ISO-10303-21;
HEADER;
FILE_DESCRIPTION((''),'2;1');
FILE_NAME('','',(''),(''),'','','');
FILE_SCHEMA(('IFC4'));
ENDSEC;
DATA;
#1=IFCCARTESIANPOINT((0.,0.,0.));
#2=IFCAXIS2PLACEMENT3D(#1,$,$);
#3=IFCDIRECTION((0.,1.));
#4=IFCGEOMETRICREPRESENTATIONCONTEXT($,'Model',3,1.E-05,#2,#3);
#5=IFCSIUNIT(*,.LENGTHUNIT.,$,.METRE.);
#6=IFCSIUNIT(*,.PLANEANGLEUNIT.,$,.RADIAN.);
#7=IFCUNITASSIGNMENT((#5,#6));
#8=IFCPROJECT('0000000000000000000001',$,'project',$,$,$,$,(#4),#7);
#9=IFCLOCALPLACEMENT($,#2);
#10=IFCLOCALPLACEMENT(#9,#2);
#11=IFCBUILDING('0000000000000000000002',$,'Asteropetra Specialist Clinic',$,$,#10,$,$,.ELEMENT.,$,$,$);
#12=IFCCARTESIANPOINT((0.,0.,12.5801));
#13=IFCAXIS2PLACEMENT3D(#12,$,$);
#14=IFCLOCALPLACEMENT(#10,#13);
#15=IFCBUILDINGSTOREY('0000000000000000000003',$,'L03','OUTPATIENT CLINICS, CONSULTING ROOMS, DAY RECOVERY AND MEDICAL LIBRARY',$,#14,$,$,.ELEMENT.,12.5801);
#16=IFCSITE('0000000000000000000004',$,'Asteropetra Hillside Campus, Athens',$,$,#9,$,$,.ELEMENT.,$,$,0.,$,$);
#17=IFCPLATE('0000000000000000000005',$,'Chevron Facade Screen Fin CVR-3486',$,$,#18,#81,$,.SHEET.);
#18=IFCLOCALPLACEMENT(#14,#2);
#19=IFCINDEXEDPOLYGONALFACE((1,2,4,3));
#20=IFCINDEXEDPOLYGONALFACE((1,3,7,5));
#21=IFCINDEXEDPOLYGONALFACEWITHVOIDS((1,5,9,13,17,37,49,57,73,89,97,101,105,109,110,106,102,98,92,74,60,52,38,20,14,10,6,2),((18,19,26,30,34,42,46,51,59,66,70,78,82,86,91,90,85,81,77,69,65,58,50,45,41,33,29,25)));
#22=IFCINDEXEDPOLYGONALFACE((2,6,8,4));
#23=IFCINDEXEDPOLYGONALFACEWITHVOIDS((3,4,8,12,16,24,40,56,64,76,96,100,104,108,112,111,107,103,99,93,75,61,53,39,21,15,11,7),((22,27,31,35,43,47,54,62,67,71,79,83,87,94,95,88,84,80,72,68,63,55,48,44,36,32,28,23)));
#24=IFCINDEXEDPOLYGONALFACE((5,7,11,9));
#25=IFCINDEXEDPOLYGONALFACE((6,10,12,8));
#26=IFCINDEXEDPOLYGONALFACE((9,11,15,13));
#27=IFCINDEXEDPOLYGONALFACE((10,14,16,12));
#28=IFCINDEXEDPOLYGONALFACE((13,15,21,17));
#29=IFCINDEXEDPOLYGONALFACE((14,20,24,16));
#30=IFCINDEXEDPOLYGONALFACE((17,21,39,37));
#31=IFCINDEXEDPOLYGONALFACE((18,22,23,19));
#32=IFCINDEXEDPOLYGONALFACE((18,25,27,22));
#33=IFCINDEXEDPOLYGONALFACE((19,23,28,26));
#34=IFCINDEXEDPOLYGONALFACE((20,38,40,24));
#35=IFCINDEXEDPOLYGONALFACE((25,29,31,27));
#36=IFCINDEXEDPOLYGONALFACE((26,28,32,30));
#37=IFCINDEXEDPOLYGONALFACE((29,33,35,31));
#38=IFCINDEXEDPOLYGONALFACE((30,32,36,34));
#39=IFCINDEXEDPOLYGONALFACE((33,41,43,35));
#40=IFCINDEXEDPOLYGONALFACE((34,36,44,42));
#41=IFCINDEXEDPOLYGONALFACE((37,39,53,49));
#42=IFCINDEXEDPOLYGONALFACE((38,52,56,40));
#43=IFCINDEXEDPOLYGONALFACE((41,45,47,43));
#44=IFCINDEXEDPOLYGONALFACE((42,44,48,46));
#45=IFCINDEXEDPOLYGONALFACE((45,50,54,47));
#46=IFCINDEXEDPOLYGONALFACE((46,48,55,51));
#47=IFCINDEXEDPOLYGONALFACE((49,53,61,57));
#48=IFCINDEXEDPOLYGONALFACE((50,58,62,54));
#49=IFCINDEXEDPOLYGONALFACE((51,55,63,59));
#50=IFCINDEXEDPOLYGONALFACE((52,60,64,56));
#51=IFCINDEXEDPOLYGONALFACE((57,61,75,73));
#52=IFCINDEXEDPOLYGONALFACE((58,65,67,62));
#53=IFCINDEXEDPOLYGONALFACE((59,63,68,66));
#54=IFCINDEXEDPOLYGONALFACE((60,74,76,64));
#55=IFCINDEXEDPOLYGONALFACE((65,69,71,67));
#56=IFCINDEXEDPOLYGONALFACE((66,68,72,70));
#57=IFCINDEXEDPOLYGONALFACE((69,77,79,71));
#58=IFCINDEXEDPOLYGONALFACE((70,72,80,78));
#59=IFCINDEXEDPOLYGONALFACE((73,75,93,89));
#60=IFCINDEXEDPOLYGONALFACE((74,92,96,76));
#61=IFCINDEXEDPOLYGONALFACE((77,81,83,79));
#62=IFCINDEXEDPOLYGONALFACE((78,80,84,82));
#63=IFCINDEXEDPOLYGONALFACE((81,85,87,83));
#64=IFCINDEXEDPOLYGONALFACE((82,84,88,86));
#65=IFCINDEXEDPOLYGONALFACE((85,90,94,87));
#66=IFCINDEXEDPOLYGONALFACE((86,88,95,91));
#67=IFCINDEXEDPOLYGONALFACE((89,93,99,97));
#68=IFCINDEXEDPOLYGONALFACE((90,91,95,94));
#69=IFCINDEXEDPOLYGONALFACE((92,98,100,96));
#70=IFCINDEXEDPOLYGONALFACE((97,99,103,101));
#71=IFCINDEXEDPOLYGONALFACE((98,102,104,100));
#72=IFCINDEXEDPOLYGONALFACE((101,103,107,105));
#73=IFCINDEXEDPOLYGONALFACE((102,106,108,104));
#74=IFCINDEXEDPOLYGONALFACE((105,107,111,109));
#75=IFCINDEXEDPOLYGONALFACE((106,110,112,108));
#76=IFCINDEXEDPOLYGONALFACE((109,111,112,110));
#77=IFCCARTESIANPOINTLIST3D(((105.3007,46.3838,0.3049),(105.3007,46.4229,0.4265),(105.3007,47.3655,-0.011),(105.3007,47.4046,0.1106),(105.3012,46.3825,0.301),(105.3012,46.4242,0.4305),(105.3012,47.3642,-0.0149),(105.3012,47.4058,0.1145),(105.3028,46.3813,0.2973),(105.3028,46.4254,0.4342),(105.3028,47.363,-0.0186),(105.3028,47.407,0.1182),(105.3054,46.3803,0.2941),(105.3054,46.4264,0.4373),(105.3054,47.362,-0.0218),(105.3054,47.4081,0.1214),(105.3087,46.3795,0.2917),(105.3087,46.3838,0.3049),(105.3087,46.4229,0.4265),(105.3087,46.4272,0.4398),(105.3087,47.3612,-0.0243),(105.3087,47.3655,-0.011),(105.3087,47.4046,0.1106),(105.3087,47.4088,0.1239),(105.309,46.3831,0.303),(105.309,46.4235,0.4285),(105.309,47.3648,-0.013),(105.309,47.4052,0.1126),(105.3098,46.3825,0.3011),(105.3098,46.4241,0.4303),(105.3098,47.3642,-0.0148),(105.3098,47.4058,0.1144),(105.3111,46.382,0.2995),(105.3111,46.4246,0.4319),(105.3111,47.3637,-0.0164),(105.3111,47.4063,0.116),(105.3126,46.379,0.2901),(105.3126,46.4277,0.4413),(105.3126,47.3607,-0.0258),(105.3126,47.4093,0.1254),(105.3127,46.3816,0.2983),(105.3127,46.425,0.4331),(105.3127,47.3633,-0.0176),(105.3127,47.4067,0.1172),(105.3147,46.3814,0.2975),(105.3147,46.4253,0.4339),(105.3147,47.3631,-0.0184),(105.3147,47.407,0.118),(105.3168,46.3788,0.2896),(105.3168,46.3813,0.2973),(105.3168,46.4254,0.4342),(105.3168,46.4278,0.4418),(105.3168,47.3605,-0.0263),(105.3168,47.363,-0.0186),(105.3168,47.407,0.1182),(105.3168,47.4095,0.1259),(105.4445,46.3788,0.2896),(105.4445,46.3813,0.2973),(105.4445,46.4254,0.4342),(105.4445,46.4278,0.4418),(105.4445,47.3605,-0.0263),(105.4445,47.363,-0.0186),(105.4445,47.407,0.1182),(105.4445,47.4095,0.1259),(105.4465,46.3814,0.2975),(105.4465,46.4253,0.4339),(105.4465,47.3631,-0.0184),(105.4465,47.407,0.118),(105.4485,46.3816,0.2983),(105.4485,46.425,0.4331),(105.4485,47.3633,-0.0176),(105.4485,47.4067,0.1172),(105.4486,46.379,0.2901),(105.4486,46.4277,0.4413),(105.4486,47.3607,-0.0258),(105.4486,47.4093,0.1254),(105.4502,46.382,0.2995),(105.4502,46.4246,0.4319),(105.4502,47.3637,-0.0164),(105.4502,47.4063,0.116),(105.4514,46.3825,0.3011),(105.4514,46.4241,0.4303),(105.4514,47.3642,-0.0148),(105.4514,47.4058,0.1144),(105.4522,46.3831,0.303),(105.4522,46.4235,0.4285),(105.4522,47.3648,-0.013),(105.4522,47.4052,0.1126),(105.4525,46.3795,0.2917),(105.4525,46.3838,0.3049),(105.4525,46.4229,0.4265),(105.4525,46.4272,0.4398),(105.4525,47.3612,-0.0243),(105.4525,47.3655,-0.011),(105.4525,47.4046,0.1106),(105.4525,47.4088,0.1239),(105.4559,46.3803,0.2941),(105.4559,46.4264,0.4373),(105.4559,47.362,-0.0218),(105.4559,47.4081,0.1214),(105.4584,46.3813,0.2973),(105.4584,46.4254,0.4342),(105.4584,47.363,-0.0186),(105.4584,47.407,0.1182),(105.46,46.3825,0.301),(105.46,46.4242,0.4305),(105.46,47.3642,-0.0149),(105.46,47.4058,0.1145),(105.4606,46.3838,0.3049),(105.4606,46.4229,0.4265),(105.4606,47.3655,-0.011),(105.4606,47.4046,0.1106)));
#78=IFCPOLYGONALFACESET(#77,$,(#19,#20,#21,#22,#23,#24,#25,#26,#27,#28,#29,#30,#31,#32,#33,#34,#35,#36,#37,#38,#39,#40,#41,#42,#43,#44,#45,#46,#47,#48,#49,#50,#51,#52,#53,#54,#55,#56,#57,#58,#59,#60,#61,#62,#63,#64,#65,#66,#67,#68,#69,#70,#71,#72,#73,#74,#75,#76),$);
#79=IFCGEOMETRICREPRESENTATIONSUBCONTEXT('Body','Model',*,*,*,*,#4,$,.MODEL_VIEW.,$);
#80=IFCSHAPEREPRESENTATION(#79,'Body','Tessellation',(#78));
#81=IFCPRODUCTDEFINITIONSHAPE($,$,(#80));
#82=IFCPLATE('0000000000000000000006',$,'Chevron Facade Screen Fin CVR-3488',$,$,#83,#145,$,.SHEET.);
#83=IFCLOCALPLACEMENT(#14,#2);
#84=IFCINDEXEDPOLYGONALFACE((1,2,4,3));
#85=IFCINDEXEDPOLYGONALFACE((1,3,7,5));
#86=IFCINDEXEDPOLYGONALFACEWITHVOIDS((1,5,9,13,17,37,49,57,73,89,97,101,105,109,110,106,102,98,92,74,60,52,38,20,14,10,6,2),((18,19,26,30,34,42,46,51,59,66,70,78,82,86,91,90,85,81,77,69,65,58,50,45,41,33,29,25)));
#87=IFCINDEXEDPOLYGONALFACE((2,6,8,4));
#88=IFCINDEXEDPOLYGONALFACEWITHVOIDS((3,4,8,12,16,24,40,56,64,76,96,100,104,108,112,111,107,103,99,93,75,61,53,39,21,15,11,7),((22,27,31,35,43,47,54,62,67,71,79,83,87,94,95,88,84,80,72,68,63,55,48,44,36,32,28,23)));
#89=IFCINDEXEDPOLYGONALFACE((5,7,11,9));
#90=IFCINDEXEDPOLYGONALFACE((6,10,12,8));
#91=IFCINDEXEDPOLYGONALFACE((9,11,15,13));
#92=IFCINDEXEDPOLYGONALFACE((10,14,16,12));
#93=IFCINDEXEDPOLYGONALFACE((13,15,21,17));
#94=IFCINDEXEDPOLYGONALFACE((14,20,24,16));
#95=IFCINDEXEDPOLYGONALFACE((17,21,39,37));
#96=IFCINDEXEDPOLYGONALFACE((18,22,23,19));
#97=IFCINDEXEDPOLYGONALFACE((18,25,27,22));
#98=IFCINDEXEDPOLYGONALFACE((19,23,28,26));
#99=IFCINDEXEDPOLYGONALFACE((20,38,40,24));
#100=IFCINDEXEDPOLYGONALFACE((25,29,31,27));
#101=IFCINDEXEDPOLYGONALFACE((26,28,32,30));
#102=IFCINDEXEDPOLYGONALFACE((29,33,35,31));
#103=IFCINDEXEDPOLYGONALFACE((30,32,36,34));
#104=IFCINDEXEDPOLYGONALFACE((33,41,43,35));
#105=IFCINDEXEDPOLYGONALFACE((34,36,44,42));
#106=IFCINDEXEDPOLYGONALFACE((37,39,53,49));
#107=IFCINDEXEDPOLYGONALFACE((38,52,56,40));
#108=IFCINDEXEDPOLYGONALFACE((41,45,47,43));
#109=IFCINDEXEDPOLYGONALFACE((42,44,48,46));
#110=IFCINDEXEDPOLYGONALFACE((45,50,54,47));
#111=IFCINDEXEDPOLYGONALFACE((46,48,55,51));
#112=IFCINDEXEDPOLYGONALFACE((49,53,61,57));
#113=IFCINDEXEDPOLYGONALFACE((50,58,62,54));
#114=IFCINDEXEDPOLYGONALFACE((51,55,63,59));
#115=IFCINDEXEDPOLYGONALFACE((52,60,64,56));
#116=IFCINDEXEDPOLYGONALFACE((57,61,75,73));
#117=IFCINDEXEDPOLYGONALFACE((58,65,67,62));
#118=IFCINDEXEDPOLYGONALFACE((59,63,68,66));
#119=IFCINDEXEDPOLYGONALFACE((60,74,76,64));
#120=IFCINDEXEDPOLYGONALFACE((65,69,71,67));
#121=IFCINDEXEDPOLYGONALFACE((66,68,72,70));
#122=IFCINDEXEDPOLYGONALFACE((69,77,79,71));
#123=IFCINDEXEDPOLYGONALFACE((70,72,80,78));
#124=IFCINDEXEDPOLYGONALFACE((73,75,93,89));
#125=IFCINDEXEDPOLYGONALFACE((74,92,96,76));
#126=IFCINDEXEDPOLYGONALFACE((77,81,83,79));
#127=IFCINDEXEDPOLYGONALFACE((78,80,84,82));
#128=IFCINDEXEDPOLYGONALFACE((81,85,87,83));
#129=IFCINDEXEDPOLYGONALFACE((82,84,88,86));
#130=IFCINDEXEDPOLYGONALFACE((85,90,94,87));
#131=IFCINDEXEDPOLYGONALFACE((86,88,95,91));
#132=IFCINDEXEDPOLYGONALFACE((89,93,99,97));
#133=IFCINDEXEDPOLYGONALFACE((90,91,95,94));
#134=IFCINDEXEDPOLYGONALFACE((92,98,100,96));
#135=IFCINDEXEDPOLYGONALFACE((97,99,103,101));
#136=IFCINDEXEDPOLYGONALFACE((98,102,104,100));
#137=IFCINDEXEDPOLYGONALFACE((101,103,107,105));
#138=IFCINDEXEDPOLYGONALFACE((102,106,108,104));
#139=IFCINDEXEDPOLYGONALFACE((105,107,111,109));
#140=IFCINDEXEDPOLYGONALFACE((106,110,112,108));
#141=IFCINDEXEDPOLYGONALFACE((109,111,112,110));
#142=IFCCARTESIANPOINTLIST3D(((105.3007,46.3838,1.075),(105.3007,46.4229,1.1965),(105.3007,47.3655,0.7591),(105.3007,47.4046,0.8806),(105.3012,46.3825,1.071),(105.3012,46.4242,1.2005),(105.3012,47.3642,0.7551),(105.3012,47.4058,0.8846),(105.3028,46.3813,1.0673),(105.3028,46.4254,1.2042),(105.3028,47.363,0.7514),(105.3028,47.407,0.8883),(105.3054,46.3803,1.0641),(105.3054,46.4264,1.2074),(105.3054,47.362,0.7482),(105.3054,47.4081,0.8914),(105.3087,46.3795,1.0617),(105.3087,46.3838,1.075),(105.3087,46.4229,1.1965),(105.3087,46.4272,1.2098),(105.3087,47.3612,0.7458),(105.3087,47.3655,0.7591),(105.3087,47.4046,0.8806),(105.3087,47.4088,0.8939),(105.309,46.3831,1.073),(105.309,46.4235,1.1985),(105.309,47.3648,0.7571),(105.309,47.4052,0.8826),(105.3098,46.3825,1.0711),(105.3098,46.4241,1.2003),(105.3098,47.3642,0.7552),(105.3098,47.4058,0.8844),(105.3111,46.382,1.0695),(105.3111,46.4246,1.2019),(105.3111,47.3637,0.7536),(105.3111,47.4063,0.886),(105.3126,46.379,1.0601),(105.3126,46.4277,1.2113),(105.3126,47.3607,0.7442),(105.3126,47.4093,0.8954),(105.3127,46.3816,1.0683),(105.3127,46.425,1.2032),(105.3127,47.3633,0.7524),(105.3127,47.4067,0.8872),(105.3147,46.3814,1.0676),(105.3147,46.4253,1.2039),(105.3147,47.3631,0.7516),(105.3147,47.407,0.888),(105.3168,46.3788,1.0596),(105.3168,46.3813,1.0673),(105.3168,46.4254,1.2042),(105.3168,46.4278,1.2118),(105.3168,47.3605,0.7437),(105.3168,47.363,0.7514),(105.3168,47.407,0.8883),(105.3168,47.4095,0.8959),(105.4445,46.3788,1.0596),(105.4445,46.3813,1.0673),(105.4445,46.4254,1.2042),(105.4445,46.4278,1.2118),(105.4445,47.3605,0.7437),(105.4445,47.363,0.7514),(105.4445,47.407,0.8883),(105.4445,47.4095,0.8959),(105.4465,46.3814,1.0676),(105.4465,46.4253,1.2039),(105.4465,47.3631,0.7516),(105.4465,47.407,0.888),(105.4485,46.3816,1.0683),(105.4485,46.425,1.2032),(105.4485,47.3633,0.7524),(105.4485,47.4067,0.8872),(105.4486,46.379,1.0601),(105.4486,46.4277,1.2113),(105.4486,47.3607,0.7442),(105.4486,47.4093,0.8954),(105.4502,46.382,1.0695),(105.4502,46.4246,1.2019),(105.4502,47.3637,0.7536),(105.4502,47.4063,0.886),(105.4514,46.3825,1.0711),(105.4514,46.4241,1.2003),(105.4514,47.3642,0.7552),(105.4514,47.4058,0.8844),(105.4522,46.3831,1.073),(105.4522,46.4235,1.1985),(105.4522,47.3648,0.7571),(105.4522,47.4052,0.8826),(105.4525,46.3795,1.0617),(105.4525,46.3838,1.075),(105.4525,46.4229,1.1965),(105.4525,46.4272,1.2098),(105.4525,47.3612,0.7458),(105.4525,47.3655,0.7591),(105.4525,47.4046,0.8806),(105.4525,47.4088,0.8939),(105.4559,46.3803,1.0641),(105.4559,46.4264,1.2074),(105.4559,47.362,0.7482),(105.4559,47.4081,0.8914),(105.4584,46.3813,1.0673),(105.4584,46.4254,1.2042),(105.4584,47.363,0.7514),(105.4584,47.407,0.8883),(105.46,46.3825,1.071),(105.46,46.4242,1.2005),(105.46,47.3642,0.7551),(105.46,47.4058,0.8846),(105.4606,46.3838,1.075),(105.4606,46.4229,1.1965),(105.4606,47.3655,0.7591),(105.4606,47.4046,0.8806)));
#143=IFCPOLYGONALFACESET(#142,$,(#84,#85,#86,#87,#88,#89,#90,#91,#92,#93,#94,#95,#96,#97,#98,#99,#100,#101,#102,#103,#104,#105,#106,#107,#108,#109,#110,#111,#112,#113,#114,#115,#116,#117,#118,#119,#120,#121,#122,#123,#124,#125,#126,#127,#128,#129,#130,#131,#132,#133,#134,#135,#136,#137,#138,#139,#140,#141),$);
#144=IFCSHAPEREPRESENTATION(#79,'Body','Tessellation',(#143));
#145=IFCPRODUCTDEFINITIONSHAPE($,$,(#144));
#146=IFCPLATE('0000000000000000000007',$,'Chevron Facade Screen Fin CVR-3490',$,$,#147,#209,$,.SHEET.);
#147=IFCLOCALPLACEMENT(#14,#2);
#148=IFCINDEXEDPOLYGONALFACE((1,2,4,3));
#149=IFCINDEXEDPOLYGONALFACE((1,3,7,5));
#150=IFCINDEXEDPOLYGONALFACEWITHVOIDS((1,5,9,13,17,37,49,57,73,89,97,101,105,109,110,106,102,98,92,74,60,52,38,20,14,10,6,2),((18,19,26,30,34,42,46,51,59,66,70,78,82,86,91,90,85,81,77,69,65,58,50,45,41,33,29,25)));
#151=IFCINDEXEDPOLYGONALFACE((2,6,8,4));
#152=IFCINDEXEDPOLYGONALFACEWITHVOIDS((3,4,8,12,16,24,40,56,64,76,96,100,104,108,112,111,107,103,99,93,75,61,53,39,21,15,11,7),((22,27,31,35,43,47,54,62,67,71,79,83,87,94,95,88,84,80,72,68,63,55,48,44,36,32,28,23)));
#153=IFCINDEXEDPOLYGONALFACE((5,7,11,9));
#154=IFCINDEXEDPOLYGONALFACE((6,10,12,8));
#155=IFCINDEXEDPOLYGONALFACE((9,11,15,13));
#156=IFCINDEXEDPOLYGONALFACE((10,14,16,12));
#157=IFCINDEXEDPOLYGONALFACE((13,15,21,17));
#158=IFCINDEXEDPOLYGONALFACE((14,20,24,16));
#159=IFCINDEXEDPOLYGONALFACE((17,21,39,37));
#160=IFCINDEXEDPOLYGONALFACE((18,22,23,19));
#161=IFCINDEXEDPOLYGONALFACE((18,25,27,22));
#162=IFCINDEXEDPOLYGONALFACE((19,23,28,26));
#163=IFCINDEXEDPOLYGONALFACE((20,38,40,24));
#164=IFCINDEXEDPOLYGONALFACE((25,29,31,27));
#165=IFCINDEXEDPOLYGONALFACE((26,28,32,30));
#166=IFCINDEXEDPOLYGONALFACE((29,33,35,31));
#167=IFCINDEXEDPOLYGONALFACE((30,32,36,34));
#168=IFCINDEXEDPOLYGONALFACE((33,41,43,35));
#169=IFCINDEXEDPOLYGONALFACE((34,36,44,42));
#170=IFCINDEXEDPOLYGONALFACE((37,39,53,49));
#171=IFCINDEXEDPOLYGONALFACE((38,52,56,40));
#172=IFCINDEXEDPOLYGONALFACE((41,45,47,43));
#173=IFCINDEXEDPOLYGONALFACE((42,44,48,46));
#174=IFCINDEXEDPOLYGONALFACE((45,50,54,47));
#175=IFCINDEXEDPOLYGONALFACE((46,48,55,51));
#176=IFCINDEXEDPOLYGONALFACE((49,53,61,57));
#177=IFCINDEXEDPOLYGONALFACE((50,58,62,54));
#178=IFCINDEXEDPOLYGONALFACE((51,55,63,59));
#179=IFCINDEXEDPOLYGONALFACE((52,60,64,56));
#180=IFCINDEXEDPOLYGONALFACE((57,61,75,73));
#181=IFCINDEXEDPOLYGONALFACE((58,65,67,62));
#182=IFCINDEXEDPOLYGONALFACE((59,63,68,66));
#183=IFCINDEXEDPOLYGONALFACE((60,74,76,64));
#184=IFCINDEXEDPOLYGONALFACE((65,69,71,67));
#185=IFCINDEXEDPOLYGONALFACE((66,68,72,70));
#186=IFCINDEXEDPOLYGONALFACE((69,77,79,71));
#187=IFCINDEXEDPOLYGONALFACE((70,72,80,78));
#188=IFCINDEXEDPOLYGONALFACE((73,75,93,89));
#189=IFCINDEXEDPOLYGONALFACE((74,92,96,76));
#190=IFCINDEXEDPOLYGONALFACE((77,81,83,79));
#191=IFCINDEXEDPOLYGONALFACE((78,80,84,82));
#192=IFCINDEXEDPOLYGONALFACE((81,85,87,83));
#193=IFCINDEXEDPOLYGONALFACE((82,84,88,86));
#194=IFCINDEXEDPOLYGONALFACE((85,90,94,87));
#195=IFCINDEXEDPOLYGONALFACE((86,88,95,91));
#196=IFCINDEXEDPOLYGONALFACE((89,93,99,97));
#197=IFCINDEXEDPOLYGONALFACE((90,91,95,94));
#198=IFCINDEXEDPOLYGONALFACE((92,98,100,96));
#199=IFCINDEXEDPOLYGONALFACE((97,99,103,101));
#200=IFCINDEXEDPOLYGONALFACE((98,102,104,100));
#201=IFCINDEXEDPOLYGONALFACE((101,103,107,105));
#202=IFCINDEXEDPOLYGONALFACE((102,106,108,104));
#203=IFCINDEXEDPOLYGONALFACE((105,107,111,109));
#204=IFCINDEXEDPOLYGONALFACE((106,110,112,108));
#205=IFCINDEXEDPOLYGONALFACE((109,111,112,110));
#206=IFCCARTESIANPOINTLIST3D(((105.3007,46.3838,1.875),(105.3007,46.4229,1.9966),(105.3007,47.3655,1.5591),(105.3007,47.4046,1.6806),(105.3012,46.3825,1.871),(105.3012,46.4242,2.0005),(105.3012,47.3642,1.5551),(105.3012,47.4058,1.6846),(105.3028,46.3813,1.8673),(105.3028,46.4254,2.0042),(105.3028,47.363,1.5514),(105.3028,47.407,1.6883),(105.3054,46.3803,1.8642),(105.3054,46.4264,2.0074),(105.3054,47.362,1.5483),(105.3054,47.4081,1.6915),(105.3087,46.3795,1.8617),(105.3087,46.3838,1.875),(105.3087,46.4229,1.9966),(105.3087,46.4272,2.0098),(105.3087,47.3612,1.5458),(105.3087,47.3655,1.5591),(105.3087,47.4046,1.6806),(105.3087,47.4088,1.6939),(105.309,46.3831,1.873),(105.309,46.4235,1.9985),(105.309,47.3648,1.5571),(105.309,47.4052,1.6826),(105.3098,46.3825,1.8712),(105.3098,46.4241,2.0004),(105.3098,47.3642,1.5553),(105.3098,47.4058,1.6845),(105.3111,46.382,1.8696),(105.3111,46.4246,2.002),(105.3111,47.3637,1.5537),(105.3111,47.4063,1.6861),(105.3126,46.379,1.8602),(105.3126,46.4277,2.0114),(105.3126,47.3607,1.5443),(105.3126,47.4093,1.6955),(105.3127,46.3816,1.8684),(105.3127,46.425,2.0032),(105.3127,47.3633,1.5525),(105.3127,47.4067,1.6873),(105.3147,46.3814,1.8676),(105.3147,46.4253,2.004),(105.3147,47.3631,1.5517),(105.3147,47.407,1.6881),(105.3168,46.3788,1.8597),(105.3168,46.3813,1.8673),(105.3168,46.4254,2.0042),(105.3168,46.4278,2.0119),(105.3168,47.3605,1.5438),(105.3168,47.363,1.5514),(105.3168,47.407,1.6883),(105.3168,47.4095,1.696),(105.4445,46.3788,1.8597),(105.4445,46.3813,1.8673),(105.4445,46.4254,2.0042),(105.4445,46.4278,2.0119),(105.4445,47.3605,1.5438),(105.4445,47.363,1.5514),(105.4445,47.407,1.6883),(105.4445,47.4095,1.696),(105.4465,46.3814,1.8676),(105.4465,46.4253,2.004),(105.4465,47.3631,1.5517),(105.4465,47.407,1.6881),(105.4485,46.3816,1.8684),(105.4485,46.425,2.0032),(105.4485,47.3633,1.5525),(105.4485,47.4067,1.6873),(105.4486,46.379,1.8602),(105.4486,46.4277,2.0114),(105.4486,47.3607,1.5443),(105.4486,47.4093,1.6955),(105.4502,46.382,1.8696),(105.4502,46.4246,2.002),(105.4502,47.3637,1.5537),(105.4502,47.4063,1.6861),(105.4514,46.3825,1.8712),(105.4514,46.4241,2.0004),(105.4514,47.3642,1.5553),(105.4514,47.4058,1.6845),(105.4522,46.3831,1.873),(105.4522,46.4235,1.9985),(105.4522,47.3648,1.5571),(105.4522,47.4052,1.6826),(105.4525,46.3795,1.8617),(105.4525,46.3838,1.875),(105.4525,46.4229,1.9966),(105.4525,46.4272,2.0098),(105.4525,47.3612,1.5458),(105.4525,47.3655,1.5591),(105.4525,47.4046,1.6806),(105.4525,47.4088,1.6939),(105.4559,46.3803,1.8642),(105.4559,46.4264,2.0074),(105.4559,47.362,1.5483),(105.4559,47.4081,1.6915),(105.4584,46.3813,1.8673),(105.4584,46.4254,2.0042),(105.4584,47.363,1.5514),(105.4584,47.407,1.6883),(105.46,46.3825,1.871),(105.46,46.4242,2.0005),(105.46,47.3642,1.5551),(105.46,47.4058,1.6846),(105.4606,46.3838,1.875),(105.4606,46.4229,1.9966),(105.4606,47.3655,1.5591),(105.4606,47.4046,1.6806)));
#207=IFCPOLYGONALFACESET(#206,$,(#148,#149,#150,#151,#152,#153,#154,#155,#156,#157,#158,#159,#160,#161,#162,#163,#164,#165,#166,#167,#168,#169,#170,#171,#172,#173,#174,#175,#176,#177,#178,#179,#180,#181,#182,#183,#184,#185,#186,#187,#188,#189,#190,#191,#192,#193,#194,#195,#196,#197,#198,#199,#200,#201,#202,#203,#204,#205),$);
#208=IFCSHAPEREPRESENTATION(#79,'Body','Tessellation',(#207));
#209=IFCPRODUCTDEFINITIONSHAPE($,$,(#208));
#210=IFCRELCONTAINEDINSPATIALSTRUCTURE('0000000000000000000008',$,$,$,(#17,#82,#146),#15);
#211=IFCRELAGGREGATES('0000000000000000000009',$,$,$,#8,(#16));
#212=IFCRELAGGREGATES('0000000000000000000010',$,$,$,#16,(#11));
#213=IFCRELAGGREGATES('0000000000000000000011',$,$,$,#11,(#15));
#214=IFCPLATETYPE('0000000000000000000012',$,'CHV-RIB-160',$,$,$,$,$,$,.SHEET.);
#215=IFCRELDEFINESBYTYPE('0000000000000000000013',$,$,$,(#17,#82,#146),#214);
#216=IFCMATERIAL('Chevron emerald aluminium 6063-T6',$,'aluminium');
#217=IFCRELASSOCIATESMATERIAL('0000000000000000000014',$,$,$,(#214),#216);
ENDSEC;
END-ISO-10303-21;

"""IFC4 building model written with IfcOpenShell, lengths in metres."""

from ifc_helpers import new_model, si_unit, direction, frame, origin, origin_2d, place, context, subcontext, project, spatial, hollow_rectangle, extrude, material, material_profile, profile_set, type_object, element, save


model = new_model("IFC4")

# Units and contexts
model_context = context("Model", 3, precision=1e-05, world=origin(), true_north=direction((0.0, 1.0)))
body_context = subcontext(model_context, "Body", "Model", "MODEL_VIEW")
ifc_project = project(units=[si_unit("LENGTHUNIT", "METRE"), si_unit("PLANEANGLEUNIT", "RADIAN")], contexts=[model_context])

# Site, building, storey
site_placement = place(None, origin())
site = spatial("IfcSite", under=ifc_project, at=site_placement, Name="Asteropetra Hillside Campus, Athens", CompositionType="ELEMENT", RefElevation=0.0)
building_placement = place(site_placement, origin())
building = spatial("IfcBuilding", under=site, at=building_placement, Name="Asteropetra Specialist Clinic", CompositionType="ELEMENT")
storey_placement = place(building_placement, frame((0.0, 0.0, 12.5801)))
storey = spatial("IfcBuildingStorey", under=building, at=storey_placement, Name="L03", Description="OUTPATIENT CLINICS, CONSULTING ROOMS, DAY RECOVERY AND MEDICAL LIBRARY", CompositionType="ELEMENT", Elevation=12.5801)

# Plates
ifc_material_1 = material(Name="Chevron emerald aluminium 6063-T6", Category="aluminium")
ifc_material_profile_1 = material_profile(ifc_material_1, hollow_rectangle(XDim=0.1599, YDim=0.1599, WallThickness=0.0081, InnerFilletRadius=0.0081, OuterFilletRadius=0.0161, at=origin_2d()), Name="SHS 160x160x8.0")
ifc_profile_set_1 = profile_set([ifc_material_profile_1], Name="Chevron emerald aluminium 6063-T6")
plate_type_1 = type_object("IfcPlateType", Name="CHV-RIB-160", PredefinedType="SHEET", material=ifc_profile_set_1)
for number, where, z_axis, x_axis, name in (
    (1, (105.3806, 47.385, 0.0498), (0.0, -0.951923, 0.306339), (1.0, 0.0, 0.0), "Chevron Facade Screen Fin CVR-3486"),
    (2, (105.3806, 47.385, 0.8198), (0.0, -0.951923, 0.306339), (1.0, 0.0, 0.0), "Chevron Facade Screen Fin CVR-3488"),
    (3, (105.3806, 47.385, 1.6199), (0.0, -0.951923, 0.306339), (1.0, 0.0, 0.0), "Chevron Facade Screen Fin CVR-3490"),
):
    element("IfcPlate", number, at=place(storey_placement, frame(where, z_axis=z_axis, x_axis=x_axis)), inside=storey, type_object=plate_type_1, Name=name, PredefinedType="SHEET", context=body_context, shape_type="SweptSolid", body=[
        extrude(hollow_rectangle(XDim=0.1599, YDim=0.1599, WallThickness=0.0081, InnerFilletRadius=0.0081, OuterFilletRadius=0.0161, at=origin_2d()), origin(), (0.0, 0.0, 1.0), 1.0312),
    ])

save(model, "model.ifc")
